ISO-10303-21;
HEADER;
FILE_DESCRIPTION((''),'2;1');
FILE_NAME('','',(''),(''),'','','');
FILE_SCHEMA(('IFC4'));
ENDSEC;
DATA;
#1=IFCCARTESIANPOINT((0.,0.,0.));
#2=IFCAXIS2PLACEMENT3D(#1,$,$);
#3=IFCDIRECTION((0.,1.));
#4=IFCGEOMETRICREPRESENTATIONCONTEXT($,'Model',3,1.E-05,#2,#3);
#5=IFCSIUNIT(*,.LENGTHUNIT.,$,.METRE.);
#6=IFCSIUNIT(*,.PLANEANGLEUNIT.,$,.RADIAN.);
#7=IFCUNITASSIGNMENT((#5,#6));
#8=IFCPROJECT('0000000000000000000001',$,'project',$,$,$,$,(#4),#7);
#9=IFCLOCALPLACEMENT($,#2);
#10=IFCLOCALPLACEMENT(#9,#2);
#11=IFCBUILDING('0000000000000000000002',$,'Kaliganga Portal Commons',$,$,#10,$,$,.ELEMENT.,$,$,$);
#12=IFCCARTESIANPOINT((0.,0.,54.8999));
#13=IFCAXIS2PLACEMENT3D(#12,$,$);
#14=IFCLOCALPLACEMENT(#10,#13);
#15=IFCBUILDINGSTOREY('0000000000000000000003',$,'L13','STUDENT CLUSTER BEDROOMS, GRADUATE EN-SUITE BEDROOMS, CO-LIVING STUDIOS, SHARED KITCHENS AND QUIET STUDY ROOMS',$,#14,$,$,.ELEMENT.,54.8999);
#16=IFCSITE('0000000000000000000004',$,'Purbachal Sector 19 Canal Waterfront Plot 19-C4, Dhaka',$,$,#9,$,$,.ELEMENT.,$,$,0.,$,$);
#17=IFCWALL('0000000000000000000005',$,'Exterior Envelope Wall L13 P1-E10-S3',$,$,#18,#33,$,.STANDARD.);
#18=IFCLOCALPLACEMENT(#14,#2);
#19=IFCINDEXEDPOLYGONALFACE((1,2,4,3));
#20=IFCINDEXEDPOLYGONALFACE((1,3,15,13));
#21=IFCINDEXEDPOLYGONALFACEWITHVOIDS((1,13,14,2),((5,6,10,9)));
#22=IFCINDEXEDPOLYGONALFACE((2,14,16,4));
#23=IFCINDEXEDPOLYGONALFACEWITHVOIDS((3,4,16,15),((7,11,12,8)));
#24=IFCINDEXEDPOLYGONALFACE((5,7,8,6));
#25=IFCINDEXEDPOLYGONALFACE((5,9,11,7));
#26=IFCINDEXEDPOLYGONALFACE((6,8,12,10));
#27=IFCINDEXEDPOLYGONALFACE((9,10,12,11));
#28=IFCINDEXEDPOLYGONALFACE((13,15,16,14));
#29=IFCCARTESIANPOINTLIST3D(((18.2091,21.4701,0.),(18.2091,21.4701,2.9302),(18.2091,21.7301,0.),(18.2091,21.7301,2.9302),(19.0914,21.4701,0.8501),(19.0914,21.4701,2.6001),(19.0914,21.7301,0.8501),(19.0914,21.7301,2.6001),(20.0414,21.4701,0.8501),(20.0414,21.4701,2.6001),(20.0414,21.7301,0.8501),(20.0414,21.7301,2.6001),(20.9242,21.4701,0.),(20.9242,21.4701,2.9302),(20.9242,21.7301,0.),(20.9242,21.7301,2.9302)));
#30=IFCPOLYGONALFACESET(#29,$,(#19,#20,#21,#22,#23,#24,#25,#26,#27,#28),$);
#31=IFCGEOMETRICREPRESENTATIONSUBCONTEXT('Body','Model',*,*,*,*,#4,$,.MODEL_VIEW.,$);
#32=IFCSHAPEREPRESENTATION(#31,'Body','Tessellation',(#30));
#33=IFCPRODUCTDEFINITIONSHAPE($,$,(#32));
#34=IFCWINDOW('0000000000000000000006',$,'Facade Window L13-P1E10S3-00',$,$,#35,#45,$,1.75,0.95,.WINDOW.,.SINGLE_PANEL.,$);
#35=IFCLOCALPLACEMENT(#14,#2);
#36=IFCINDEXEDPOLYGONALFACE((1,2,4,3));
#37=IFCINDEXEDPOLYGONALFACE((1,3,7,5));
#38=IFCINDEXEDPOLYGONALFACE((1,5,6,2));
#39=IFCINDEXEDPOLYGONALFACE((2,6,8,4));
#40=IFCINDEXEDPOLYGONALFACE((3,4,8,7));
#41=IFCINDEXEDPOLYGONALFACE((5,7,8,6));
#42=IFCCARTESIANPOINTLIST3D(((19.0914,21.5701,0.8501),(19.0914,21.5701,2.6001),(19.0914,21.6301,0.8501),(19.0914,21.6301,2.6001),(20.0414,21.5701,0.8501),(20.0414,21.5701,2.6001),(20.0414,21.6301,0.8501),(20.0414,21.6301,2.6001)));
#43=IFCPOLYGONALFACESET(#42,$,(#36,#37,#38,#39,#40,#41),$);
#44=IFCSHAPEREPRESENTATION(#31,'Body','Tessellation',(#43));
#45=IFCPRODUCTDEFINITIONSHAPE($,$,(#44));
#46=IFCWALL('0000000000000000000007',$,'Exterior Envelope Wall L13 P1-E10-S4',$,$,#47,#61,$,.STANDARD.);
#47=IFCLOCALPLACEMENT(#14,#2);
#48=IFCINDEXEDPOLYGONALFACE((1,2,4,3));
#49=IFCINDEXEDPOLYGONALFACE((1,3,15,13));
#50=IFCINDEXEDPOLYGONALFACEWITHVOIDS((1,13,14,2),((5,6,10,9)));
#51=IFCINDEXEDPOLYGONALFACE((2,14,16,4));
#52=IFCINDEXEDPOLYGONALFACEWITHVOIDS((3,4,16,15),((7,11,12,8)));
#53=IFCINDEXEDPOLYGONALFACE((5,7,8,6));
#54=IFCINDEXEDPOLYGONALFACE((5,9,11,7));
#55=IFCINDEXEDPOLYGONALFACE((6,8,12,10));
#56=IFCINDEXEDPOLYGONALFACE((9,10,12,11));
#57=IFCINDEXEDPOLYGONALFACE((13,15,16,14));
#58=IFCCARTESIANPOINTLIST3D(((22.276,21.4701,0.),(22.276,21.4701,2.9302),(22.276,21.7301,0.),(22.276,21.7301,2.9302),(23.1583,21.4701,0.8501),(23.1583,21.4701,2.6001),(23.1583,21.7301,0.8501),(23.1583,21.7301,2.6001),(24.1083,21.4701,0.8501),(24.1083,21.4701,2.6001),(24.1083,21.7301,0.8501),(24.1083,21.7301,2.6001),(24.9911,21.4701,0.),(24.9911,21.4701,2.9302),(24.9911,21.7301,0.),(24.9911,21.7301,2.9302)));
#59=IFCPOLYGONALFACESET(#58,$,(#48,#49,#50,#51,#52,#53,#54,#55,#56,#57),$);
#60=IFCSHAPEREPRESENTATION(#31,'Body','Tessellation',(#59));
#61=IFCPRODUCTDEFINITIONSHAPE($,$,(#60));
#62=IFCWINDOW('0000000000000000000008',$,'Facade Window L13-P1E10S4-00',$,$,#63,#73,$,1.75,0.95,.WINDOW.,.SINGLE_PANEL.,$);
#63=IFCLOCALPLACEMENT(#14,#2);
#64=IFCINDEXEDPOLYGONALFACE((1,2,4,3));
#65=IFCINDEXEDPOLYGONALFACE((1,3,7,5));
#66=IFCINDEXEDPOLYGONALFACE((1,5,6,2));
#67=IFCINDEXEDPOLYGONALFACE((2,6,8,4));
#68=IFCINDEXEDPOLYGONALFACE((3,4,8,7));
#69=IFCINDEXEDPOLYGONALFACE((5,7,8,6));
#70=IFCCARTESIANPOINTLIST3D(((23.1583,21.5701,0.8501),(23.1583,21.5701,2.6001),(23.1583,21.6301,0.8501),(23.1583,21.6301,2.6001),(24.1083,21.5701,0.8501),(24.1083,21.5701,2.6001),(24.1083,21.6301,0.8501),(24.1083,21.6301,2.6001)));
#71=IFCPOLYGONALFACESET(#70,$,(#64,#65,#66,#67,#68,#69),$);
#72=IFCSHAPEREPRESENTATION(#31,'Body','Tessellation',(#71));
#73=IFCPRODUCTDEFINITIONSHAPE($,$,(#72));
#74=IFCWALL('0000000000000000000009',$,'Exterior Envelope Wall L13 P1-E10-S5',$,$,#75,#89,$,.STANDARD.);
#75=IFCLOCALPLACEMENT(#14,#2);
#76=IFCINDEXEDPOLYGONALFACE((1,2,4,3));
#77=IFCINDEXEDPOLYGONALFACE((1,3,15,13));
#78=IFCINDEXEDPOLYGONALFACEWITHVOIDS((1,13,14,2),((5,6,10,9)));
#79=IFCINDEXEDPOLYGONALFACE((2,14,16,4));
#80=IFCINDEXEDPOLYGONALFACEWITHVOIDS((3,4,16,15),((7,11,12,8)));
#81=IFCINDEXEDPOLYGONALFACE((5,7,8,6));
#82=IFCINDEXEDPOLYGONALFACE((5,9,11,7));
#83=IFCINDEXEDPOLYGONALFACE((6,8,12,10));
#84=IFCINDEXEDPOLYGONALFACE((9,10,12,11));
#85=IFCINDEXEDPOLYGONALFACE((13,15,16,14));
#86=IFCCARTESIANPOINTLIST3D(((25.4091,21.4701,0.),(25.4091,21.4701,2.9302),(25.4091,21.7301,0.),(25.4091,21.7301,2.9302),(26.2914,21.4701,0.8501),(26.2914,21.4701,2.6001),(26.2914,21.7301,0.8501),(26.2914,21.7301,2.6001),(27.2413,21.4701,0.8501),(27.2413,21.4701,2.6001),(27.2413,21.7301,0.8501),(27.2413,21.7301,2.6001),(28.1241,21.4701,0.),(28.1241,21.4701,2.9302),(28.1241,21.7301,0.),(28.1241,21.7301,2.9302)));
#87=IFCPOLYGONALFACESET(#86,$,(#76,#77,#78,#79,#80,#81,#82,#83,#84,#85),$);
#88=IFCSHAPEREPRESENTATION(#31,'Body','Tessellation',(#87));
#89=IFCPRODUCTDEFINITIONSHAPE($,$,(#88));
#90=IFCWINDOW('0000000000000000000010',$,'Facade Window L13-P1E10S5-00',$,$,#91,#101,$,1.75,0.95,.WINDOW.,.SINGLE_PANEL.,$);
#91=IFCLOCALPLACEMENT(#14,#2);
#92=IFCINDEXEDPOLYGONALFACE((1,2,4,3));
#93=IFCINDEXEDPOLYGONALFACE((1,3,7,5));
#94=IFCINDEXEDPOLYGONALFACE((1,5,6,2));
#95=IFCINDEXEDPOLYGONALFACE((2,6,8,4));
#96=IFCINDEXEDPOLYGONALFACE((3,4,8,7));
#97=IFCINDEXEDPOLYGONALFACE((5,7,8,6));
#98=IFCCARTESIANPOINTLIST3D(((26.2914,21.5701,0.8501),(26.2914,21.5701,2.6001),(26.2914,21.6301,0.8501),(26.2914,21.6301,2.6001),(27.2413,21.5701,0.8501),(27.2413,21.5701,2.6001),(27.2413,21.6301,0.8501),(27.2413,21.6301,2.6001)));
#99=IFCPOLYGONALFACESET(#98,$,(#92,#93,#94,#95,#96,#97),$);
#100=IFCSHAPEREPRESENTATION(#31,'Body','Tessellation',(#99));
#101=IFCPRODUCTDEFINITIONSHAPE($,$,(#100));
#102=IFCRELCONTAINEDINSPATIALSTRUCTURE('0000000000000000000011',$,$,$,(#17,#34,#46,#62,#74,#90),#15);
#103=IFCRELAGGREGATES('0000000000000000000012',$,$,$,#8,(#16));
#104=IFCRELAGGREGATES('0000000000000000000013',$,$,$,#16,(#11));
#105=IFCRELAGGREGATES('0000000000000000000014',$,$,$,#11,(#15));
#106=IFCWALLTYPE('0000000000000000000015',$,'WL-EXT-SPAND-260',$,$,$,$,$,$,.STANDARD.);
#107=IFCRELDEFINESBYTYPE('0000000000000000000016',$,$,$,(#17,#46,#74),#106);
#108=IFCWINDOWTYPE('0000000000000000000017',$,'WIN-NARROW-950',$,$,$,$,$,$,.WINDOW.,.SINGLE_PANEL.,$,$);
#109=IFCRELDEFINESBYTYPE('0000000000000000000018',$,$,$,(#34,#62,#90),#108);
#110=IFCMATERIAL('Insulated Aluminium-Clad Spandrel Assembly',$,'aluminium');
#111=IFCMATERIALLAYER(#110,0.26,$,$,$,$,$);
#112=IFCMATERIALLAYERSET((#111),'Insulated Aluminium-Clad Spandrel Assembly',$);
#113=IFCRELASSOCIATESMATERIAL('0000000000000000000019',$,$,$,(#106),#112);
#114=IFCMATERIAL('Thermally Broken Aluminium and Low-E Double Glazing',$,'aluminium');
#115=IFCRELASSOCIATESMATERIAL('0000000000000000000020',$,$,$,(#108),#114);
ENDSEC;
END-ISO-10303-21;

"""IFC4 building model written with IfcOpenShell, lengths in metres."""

from ifc_helpers import new_model, si_unit, direction, frame, frame_2d, origin, place, context, subcontext, project, spatial, rectangle, extrude, material, layer, layer_set, type_object, element, fill, save


model = new_model("IFC4")

# Units and contexts
model_context = context("Model", 3, precision=1e-05, world=origin(), true_north=direction((0.0, 1.0)))
body_context = subcontext(model_context, "Body", "Model", "MODEL_VIEW")
ifc_project = project(units=[si_unit("LENGTHUNIT", "METRE"), si_unit("PLANEANGLEUNIT", "RADIAN")], contexts=[model_context])

# Site, building, storey
site_placement = place(None, origin())
site = spatial("IfcSite", under=ifc_project, at=site_placement, Name="Purbachal Sector 19 Canal Waterfront Plot 19-C4, Dhaka", CompositionType="ELEMENT", RefElevation=0.0)
building_placement = place(site_placement, origin())
building = spatial("IfcBuilding", under=site, at=building_placement, Name="Kaliganga Portal Commons", CompositionType="ELEMENT")
storey_placement = place(building_placement, frame((0.0, 0.0, 54.8999)))
storey = spatial("IfcBuildingStorey", under=building, at=storey_placement, Name="L13", Description="STUDENT CLUSTER BEDROOMS, GRADUATE EN-SUITE BEDROOMS, CO-LIVING STUDIOS, SHARED KITCHENS AND QUIET STUDY ROOMS", CompositionType="ELEMENT", Elevation=54.8999)

# Walls, openings, windows
ifc_material_1 = material(Name="Insulated Aluminium-Clad Spandrel Assembly", Category="aluminium")
ifc_layer_1 = layer(ifc_material_1, 0.26)
ifc_layer_set_1 = layer_set([ifc_layer_1], Name="Insulated Aluminium-Clad Spandrel Assembly")
wall_type_1 = type_object("IfcWallType", Name="WL-EXT-SPAND-260", PredefinedType="STANDARD", material=ifc_layer_set_1)
ifc_material_2 = material(Name="Thermally Broken Aluminium and Low-E Double Glazing", Category="aluminium")
window_type_1 = type_object("IfcWindowType", Name="WIN-NARROW-950", PartitioningType="SINGLE_PANEL", PredefinedType="WINDOW", material=ifc_material_2)
wall_1_placement = place(storey_placement, frame((20.9241, 21.6001, 0.0), z_axis=(0.0, 0.0, 1.0), x_axis=(-1.0, 0.0, 0.0)))
wall_1 = element("IfcWall", 1, at=wall_1_placement, inside=storey, type_object=wall_type_1, Name="Exterior Envelope Wall L13 P1-E10-S3", PredefinedType="STANDARD", context=body_context, shape_type="SweptSolid", body=[
    extrude(rectangle(XDim=2.7151, YDim=0.26, at=frame_2d((1.3574, 0.0))), origin(), (0.0, 0.0, 1.0), 2.9302),
])
opening_1_placement = place(wall_1_placement, frame((0.8826, 0.0, 0.8501)))
opening_1 = element("IfcOpeningElement", 2, at=opening_1_placement, cuts=wall_1, PredefinedType="OPENING", context=body_context, shape_type="SweptSolid", body=[
    extrude(rectangle(XDim=0.95, YDim=1.75, at=frame_2d((0.4751, 0.875))), frame((0.0, 0.1401, 0.0), z_axis=(0.0, -1.0, 0.0), x_axis=(1.0, 0.0, 0.0)), (0.0, 0.0, 1.0), 0.28),
])
window_1_placement = place(opening_1_placement, origin())
window_1 = element("IfcWindow", 3, at=window_1_placement, inside=storey, type_object=window_type_1, Name="Facade Window L13-P1E10S3-00", OverallHeight=1.75, OverallWidth=0.95, PartitioningType="SINGLE_PANEL", PredefinedType="WINDOW", context=body_context, shape_type="SweptSolid", body=[
    extrude(rectangle(XDim=0.95, YDim=1.75, at=frame_2d((0.4751, 0.875))), frame((0.0, 0.03, 0.0), z_axis=(0.0, -1.0, 0.0), x_axis=(1.0, 0.0, 0.0)), (0.0, 0.0, 1.0), 0.0601),
])
fill(opening_1, window_1)
wall_2_placement = place(storey_placement, frame((24.991, 21.6001, 0.0), z_axis=(0.0, 0.0, 1.0), x_axis=(-1.0, 0.0, 0.0)))
wall_2 = element("IfcWall", 4, at=wall_2_placement, inside=storey, type_object=wall_type_1, Name="Exterior Envelope Wall L13 P1-E10-S4", PredefinedType="STANDARD", context=body_context, shape_type="SweptSolid", body=[
    extrude(rectangle(XDim=2.7151, YDim=0.26, at=frame_2d((1.3574, 0.0))), origin(), (0.0, 0.0, 1.0), 2.9302),
])
opening_2_placement = place(wall_2_placement, frame((0.8826, 0.0, 0.8501)))
opening_2 = element("IfcOpeningElement", 5, at=opening_2_placement, cuts=wall_2, PredefinedType="OPENING", context=body_context, shape_type="SweptSolid", body=[
    extrude(rectangle(XDim=0.95, YDim=1.75, at=frame_2d((0.4751, 0.875))), frame((0.0, 0.1401, 0.0), z_axis=(0.0, -1.0, 0.0), x_axis=(1.0, 0.0, 0.0)), (0.0, 0.0, 1.0), 0.28),
])
window_2_placement = place(opening_2_placement, origin())
window_2 = element("IfcWindow", 6, at=window_2_placement, inside=storey, type_object=window_type_1, Name="Facade Window L13-P1E10S4-00", OverallHeight=1.75, OverallWidth=0.95, PartitioningType="SINGLE_PANEL", PredefinedType="WINDOW", context=body_context, shape_type="SweptSolid", body=[
    extrude(rectangle(XDim=0.95, YDim=1.75, at=frame_2d((0.4751, 0.875))), frame((0.0, 0.03, 0.0), z_axis=(0.0, -1.0, 0.0), x_axis=(1.0, 0.0, 0.0)), (0.0, 0.0, 1.0), 0.0601),
])
fill(opening_2, window_2)
wall_3_placement = place(storey_placement, frame((28.124, 21.6001, 0.0), z_axis=(0.0, 0.0, 1.0), x_axis=(-1.0, 0.0, 0.0)))
wall_3 = element("IfcWall", 7, at=wall_3_placement, inside=storey, type_object=wall_type_1, Name="Exterior Envelope Wall L13 P1-E10-S5", PredefinedType="STANDARD", context=body_context, shape_type="SweptSolid", body=[
    extrude(rectangle(XDim=2.7151, YDim=0.26, at=frame_2d((1.3574, 0.0))), origin(), (0.0, 0.0, 1.0), 2.9302),
])
opening_3_placement = place(wall_3_placement, frame((0.8826, 0.0, 0.8501)))
opening_3 = element("IfcOpeningElement", 8, at=opening_3_placement, cuts=wall_3, PredefinedType="OPENING", context=body_context, shape_type="SweptSolid", body=[
    extrude(rectangle(XDim=0.95, YDim=1.75, at=frame_2d((0.4751, 0.875))), frame((0.0, 0.1401, 0.0), z_axis=(0.0, -1.0, 0.0), x_axis=(1.0, 0.0, 0.0)), (0.0, 0.0, 1.0), 0.28),
])
window_3_placement = place(opening_3_placement, origin())
window_3 = element("IfcWindow", 9, at=window_3_placement, inside=storey, type_object=window_type_1, Name="Facade Window L13-P1E10S5-00", OverallHeight=1.75, OverallWidth=0.95, PartitioningType="SINGLE_PANEL", PredefinedType="WINDOW", context=body_context, shape_type="SweptSolid", body=[
    extrude(rectangle(XDim=0.95, YDim=1.75, at=frame_2d((0.4751, 0.875))), frame((0.0, 0.03, 0.0), z_axis=(0.0, -1.0, 0.0), x_axis=(1.0, 0.0, 0.0)), (0.0, 0.0, 1.0), 0.0601),
])
fill(opening_3, window_3)

save(model, "model.ifc")
